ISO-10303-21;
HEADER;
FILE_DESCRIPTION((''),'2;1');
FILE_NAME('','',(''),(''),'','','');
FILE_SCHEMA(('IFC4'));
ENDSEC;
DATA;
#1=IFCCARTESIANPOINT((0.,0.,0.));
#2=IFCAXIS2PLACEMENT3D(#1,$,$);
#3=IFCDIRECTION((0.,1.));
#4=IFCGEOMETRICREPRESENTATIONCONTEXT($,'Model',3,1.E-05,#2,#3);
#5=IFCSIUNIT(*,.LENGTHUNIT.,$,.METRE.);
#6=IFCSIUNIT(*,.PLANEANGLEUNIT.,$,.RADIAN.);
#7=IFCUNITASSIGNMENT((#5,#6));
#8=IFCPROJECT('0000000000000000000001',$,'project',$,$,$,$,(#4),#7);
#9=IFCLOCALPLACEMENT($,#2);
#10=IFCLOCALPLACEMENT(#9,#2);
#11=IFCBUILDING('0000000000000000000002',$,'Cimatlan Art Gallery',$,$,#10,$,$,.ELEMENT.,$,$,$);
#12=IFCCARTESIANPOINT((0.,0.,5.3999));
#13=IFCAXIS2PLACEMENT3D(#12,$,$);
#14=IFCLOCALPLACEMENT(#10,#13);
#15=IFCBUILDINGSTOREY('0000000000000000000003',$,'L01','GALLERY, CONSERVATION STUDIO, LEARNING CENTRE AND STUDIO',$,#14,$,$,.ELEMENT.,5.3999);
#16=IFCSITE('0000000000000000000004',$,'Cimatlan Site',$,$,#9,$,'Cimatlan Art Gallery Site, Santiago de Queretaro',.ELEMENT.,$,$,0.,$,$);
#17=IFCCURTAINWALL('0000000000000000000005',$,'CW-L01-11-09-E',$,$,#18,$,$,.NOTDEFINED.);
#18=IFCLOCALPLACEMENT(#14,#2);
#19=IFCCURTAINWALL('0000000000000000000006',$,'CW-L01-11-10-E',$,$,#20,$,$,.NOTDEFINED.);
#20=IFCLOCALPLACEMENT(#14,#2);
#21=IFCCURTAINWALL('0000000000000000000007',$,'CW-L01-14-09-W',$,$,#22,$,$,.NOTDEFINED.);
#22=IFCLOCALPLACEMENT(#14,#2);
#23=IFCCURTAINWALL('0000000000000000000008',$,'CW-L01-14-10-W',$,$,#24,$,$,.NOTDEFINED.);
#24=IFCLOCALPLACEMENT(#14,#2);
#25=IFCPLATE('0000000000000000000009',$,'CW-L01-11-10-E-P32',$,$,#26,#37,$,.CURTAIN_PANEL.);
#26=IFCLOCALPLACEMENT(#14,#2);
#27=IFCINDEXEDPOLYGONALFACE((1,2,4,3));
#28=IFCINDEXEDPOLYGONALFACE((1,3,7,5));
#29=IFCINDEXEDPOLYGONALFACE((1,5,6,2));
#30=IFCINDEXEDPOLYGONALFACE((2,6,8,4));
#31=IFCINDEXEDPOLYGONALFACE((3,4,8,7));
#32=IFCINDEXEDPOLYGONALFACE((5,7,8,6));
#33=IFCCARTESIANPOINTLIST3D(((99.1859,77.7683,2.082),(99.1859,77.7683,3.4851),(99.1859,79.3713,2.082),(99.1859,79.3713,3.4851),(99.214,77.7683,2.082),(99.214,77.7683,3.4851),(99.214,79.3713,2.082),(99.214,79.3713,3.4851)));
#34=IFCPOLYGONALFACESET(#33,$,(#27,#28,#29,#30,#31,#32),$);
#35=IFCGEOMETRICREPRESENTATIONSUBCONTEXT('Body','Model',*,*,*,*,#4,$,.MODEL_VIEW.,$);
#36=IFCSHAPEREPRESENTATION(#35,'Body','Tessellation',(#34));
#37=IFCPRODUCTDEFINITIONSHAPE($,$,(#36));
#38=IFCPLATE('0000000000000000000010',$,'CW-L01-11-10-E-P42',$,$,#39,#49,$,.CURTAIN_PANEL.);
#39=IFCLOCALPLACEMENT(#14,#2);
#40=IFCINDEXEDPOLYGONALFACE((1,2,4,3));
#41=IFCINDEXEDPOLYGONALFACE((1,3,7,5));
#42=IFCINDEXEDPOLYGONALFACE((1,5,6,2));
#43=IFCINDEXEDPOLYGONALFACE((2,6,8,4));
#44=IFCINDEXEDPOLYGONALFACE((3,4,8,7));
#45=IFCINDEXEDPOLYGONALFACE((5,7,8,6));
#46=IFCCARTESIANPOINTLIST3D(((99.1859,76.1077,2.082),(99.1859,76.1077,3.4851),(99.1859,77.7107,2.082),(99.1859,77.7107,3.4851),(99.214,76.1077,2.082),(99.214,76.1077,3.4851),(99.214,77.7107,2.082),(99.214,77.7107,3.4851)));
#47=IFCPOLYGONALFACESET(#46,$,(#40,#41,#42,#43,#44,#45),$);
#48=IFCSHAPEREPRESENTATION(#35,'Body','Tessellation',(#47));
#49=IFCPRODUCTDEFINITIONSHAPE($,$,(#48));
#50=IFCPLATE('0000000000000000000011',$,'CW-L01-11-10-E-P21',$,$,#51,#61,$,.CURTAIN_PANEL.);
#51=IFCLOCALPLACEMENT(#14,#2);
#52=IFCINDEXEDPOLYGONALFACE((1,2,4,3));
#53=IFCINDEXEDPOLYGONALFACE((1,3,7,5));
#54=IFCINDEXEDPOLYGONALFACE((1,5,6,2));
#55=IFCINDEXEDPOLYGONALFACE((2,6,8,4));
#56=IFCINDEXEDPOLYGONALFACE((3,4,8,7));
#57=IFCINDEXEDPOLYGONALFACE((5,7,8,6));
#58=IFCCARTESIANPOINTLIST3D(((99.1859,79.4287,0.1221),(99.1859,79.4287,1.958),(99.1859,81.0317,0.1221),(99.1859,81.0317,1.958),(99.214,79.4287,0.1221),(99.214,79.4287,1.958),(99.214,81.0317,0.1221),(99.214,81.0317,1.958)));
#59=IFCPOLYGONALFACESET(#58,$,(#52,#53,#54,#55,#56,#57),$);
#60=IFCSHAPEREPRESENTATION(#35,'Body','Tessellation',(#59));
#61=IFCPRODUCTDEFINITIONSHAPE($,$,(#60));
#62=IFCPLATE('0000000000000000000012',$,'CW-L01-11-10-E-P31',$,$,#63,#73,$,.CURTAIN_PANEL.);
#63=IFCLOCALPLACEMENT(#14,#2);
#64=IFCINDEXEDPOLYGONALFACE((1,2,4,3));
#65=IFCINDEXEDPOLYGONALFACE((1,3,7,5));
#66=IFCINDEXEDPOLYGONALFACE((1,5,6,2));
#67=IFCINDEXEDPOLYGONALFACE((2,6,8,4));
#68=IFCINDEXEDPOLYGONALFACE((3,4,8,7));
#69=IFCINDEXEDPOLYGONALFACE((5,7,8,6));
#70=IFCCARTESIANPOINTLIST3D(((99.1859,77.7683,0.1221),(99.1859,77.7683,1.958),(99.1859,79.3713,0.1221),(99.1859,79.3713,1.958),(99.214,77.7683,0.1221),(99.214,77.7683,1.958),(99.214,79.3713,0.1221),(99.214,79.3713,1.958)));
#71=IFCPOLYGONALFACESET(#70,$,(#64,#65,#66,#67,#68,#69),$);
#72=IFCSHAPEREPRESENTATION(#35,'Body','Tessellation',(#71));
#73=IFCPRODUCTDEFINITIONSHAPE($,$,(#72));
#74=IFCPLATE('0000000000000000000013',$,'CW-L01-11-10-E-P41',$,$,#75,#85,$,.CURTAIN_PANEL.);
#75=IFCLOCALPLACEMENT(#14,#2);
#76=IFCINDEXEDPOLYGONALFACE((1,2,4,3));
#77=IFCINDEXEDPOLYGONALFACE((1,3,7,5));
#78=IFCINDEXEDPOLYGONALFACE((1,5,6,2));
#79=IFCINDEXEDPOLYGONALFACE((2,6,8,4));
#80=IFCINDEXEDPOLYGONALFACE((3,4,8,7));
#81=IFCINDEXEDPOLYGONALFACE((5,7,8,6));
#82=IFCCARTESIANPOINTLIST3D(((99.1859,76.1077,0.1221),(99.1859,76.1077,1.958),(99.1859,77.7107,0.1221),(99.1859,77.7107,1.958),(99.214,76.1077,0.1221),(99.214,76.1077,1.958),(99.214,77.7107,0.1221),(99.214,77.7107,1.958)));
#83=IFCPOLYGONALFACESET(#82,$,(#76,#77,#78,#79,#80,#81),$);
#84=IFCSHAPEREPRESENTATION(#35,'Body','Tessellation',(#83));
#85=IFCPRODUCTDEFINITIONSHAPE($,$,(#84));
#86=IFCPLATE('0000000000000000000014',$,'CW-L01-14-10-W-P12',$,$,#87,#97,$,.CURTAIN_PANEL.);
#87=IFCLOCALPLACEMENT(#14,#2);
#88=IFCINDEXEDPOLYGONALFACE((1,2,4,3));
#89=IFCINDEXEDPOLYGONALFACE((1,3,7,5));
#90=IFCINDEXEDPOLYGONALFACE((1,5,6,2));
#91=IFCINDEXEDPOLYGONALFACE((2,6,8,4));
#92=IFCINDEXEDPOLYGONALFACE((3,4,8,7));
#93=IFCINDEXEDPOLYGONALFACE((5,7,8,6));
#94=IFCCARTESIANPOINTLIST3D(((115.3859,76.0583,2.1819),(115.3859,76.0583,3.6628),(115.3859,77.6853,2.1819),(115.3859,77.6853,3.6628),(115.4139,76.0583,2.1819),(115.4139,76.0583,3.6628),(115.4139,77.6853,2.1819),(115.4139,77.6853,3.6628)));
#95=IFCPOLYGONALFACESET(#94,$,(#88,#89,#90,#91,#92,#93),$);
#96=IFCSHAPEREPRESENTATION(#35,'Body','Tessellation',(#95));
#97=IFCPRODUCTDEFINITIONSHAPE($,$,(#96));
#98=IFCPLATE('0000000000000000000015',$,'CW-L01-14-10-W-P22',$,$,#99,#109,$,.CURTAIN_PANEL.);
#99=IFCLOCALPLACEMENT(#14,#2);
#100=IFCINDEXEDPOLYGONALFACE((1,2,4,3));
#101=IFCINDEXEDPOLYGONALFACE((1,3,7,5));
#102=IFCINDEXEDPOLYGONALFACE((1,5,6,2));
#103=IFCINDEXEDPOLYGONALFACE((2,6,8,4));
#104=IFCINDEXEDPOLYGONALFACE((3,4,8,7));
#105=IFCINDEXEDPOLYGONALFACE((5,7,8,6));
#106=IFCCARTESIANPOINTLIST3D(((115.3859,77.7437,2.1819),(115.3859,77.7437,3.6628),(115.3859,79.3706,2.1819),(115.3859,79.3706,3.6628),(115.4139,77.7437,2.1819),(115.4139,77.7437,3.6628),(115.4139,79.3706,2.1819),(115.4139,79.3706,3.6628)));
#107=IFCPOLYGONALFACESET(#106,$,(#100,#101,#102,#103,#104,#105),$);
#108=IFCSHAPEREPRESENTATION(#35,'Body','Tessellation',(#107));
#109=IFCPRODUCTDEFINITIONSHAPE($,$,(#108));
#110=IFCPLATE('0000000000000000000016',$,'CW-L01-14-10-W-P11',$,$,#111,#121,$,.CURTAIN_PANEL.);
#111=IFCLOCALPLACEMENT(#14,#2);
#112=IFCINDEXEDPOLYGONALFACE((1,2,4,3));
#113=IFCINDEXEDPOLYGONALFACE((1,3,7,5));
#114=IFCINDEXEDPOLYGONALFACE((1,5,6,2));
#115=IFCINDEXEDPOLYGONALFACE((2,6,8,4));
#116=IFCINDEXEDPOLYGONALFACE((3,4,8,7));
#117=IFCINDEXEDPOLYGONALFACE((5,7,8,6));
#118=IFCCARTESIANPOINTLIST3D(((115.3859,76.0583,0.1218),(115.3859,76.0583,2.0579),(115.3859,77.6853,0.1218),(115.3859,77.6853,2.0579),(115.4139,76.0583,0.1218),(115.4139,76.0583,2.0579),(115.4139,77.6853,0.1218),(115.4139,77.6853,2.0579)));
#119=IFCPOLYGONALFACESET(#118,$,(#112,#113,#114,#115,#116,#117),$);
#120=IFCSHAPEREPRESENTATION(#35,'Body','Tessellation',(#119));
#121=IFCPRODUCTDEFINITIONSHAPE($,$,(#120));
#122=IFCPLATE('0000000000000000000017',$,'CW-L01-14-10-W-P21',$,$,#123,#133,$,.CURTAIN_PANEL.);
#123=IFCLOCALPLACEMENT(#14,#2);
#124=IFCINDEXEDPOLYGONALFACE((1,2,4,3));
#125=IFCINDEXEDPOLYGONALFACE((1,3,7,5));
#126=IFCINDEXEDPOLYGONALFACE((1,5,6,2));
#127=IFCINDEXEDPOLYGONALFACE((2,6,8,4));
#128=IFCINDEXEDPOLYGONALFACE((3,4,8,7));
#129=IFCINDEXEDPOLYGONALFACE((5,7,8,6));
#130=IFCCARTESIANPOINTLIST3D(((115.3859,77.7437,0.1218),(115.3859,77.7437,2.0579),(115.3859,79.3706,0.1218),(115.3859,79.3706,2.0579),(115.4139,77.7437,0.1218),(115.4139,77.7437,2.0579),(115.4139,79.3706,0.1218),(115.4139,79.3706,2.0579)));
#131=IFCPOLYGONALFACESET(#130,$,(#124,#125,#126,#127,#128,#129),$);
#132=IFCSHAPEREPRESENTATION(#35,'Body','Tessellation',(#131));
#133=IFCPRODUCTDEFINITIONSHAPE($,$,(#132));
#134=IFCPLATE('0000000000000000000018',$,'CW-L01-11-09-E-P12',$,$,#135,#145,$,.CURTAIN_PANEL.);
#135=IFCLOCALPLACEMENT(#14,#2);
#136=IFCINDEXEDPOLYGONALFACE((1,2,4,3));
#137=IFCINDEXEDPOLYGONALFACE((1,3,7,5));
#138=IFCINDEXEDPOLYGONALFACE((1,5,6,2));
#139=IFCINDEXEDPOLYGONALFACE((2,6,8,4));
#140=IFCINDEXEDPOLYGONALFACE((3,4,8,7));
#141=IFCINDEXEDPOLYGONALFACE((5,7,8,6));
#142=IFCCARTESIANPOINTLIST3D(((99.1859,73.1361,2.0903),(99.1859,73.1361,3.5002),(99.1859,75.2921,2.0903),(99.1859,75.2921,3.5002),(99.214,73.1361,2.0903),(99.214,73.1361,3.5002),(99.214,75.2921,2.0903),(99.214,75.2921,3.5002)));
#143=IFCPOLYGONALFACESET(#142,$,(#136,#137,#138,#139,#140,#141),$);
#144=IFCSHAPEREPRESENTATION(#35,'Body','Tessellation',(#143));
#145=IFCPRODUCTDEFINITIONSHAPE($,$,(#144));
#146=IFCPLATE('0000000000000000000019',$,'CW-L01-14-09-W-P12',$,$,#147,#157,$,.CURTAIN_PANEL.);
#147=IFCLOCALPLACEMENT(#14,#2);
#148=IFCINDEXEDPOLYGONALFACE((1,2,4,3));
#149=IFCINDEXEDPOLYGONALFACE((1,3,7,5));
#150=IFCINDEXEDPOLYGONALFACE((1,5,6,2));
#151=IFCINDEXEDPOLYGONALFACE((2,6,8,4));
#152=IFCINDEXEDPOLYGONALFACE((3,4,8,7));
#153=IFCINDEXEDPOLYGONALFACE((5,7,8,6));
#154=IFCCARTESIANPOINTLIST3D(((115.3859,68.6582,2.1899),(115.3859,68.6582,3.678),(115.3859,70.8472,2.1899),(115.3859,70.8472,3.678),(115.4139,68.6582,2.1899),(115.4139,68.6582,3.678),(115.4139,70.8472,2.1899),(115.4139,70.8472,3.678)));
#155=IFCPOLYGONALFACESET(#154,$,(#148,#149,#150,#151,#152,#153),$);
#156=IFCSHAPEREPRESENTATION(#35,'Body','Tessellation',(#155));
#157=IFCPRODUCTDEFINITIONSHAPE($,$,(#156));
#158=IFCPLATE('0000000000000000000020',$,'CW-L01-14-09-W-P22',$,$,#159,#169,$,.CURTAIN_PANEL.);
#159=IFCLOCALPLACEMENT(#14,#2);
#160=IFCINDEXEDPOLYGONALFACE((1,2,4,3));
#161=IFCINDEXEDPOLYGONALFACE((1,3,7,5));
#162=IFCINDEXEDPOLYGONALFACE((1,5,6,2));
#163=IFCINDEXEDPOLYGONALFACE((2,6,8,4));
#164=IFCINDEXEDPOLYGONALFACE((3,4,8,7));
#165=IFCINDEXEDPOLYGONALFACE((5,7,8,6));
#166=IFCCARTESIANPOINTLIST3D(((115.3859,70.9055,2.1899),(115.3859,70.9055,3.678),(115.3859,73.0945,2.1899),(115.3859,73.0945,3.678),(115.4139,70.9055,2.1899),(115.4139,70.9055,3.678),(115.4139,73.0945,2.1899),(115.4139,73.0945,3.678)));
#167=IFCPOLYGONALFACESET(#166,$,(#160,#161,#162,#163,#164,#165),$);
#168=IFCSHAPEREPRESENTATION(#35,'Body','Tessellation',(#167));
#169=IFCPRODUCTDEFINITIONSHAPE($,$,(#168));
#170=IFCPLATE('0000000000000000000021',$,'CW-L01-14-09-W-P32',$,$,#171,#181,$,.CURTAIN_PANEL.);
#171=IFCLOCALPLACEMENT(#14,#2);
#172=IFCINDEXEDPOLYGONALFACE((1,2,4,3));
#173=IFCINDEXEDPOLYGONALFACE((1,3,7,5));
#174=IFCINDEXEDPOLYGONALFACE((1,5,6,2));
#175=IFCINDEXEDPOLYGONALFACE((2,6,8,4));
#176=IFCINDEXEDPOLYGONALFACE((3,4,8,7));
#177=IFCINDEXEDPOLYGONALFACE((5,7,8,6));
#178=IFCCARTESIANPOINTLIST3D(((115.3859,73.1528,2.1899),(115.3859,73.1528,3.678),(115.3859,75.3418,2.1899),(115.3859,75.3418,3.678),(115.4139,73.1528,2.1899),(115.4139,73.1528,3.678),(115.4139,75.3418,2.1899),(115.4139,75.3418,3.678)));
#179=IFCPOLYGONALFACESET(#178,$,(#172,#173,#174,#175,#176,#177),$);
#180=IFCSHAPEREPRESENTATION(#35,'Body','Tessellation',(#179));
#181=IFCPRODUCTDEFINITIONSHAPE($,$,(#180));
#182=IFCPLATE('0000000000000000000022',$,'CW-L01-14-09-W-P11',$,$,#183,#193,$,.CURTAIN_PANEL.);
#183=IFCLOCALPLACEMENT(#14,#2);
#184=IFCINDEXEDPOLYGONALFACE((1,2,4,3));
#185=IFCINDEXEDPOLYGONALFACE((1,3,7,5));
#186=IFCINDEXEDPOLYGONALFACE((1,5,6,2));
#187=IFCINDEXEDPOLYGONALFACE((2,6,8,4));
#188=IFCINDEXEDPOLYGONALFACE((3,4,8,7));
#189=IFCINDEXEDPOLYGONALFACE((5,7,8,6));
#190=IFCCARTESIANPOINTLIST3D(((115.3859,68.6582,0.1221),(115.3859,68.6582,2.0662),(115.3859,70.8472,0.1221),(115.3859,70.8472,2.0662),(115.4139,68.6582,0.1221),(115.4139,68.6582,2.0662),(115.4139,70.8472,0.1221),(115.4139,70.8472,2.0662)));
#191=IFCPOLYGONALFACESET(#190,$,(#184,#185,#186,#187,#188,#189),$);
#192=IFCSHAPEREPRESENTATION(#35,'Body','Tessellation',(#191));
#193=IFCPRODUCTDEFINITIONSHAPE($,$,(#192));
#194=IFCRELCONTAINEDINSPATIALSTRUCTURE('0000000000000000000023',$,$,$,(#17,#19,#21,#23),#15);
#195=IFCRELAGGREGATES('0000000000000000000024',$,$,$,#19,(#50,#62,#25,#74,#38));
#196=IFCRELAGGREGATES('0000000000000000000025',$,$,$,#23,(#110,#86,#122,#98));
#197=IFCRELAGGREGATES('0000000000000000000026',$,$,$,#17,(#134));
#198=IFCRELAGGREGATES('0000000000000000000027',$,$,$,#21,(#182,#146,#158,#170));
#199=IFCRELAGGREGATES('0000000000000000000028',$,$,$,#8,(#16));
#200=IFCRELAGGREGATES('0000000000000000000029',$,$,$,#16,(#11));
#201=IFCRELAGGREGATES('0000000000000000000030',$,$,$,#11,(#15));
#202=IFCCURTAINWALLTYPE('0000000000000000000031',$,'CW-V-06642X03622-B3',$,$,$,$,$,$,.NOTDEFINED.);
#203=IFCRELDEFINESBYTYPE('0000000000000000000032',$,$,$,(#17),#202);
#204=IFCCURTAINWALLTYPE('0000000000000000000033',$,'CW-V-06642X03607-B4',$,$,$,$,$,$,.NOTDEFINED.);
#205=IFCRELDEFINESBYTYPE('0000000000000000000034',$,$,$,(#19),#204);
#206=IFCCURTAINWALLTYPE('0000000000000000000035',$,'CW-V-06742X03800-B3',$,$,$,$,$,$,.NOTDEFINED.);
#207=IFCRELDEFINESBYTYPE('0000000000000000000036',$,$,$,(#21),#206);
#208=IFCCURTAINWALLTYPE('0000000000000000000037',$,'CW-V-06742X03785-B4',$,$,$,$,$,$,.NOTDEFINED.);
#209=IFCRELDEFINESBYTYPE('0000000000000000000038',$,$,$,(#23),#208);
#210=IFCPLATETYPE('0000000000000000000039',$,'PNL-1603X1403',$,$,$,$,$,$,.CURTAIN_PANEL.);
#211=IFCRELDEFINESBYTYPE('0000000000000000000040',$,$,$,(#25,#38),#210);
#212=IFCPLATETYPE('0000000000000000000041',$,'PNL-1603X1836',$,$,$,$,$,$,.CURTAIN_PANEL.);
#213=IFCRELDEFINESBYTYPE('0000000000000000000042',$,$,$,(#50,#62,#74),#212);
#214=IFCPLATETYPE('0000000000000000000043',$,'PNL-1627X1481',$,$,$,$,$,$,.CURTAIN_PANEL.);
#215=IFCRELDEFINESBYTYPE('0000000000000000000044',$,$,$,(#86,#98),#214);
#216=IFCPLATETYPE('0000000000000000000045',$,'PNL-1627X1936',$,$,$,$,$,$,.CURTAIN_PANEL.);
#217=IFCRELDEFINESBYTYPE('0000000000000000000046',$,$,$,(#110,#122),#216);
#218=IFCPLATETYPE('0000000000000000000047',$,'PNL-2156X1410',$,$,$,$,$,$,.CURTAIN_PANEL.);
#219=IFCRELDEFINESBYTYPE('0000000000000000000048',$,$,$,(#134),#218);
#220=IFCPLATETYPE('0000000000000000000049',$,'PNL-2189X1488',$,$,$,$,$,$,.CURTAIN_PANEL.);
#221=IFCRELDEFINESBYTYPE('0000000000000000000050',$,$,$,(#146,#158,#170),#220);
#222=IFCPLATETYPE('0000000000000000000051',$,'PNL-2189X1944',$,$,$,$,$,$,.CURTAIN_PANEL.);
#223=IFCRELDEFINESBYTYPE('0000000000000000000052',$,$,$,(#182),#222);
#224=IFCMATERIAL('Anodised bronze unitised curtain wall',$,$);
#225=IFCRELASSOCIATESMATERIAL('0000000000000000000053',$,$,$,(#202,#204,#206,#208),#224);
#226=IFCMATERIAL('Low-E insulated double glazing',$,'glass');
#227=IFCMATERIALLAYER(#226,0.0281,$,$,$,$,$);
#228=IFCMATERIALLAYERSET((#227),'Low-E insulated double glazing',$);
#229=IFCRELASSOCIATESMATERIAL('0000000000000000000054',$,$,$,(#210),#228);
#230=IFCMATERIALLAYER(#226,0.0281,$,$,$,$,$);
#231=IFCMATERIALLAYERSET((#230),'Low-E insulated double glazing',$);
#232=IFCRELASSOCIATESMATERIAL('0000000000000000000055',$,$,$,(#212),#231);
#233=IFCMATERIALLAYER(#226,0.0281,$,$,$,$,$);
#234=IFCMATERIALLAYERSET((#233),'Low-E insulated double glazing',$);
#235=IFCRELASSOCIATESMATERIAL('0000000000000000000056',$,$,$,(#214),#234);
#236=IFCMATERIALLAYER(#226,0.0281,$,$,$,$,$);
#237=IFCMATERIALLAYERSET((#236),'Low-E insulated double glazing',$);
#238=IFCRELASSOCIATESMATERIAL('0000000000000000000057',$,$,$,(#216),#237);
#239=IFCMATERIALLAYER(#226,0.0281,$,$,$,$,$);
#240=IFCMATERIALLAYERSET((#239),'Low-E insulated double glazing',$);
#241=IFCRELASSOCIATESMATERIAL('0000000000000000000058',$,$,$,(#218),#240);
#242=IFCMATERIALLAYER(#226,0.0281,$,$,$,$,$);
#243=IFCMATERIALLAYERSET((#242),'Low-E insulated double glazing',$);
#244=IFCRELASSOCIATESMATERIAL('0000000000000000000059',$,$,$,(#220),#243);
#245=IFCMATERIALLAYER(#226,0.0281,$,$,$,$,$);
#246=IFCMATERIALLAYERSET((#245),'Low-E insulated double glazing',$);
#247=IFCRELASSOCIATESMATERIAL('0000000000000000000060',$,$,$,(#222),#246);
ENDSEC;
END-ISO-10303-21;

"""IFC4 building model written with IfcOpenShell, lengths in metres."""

from ifc_helpers import new_model, si_unit, direction, frame, origin, origin_2d, place, context, subcontext, project, spatial, rectangle, extrude, material, layer, layer_set, type_object, element, aggregate, save


model = new_model("IFC4")

# Units and contexts
model_context = context("Model", 3, precision=1e-05, world=origin(), true_north=direction((0.0, 1.0)))
body_context = subcontext(model_context, "Body", "Model", "MODEL_VIEW")
ifc_project = project(units=[si_unit("LENGTHUNIT", "METRE"), si_unit("PLANEANGLEUNIT", "RADIAN")], contexts=[model_context])

# Site, building, storey
site_placement = place(None, origin())
site = spatial("IfcSite", under=ifc_project, at=site_placement, Name="Cimatlan Site", LongName="Cimatlan Art Gallery Site, Santiago de Queretaro", CompositionType="ELEMENT", RefElevation=0.0)
building_placement = place(site_placement, origin())
building = spatial("IfcBuilding", under=site, at=building_placement, Name="Cimatlan Art Gallery", CompositionType="ELEMENT")
storey_placement = place(building_placement, frame((0.0, 0.0, 5.3999)))
storey = spatial("IfcBuildingStorey", under=building, at=storey_placement, Name="L01", Description="GALLERY, CONSERVATION STUDIO, LEARNING CENTRE AND STUDIO", CompositionType="ELEMENT", Elevation=5.3999)

# Curtain wall
ifc_material_1 = material(Name="Anodised bronze unitised curtain wall")
curtain_wall_type_1 = type_object("IfcCurtainWallType", Name="CW-V-06642X03622-B3", PredefinedType="NOTDEFINED", material=ifc_material_1)
curtain_wall_1_placement = place(storey_placement, origin())
curtain_wall_1 = element("IfcCurtainWall", 1, at=curtain_wall_1_placement, inside=storey, type_object=curtain_wall_type_1, Name="CW-L01-11-09-E", PredefinedType="NOTDEFINED")

# Curtain walls
curtain_wall_type_2 = type_object("IfcCurtainWallType", Name="CW-V-06642X03607-B4", PredefinedType="NOTDEFINED", material=ifc_material_1)
curtain_wall_2_placement = place(storey_placement, origin())
curtain_wall_2 = element("IfcCurtainWall", 2, at=curtain_wall_2_placement, inside=storey, type_object=curtain_wall_type_2, Name="CW-L01-11-10-E", PredefinedType="NOTDEFINED")
curtain_wall_type_3 = type_object("IfcCurtainWallType", Name="CW-V-06742X03800-B3", PredefinedType="NOTDEFINED", material=ifc_material_1)
curtain_wall_3_placement = place(storey_placement, origin())
curtain_wall_3 = element("IfcCurtainWall", 3, at=curtain_wall_3_placement, inside=storey, type_object=curtain_wall_type_3, Name="CW-L01-14-09-W", PredefinedType="NOTDEFINED")
curtain_wall_type_4 = type_object("IfcCurtainWallType", Name="CW-V-06742X03785-B4", PredefinedType="NOTDEFINED", material=ifc_material_1)
curtain_wall_4_placement = place(storey_placement, origin())
curtain_wall_4 = element("IfcCurtainWall", 4, at=curtain_wall_4_placement, inside=storey, type_object=curtain_wall_type_4, Name="CW-L01-14-10-W", PredefinedType="NOTDEFINED")

# Plates
ifc_material_2 = material(Name="Low-E insulated double glazing", Category="glass")
ifc_layer_1 = layer(ifc_material_2, 0.0281)
ifc_layer_set_1 = layer_set([ifc_layer_1], Name="Low-E insulated double glazing")
plate_type_1 = type_object("IfcPlateType", Name="PNL-1603X1403", PredefinedType="CURTAIN_PANEL", material=ifc_layer_set_1)
plate_1_placement = place(storey_placement, frame((99.2, 78.5698, 2.082), z_axis=(0.0, 0.0, 1.0), x_axis=(0.0, -1.0, 0.0)))
plate_1 = element("IfcPlate", 5, at=plate_1_placement, type_object=plate_type_1, Name="CW-L01-11-10-E-P32", PredefinedType="CURTAIN_PANEL", context=body_context, shape_type="SweptSolid", body=[
    extrude(rectangle(XDim=1.603, YDim=0.0281, at=origin_2d()), origin(), (0.0, 0.0, 1.0), 1.4031),
])
plate_2_placement = place(storey_placement, frame((99.2, 76.9092, 2.082), z_axis=(0.0, 0.0, 1.0), x_axis=(0.0, -1.0, 0.0)))
plate_2 = element("IfcPlate", 6, at=plate_2_placement, type_object=plate_type_1, Name="CW-L01-11-10-E-P42", PredefinedType="CURTAIN_PANEL", context=body_context, shape_type="SweptSolid", body=[
    extrude(rectangle(XDim=1.603, YDim=0.0281, at=origin_2d()), origin(), (0.0, 0.0, 1.0), 1.4031),
])
ifc_layer_2 = layer(ifc_material_2, 0.0281)
ifc_layer_set_2 = layer_set([ifc_layer_2], Name="Low-E insulated double glazing")
plate_type_2 = type_object("IfcPlateType", Name="PNL-1603X1836", PredefinedType="CURTAIN_PANEL", material=ifc_layer_set_2)
plate_3_placement = place(storey_placement, frame((99.2, 80.2302, 0.1221), z_axis=(0.0, 0.0, 1.0), x_axis=(0.0, -1.0, 0.0)))
plate_3 = element("IfcPlate", 7, at=plate_3_placement, type_object=plate_type_2, Name="CW-L01-11-10-E-P21", PredefinedType="CURTAIN_PANEL", context=body_context, shape_type="SweptSolid", body=[
    extrude(rectangle(XDim=1.603, YDim=0.0281, at=origin_2d()), origin(), (0.0, 0.0, 1.0), 1.8359),
])
plate_4_placement = place(storey_placement, frame((99.2, 78.5698, 0.1221), z_axis=(0.0, 0.0, 1.0), x_axis=(0.0, -1.0, 0.0)))
plate_4 = element("IfcPlate", 8, at=plate_4_placement, type_object=plate_type_2, Name="CW-L01-11-10-E-P31", PredefinedType="CURTAIN_PANEL", context=body_context, shape_type="SweptSolid", body=[
    extrude(rectangle(XDim=1.603, YDim=0.0281, at=origin_2d()), origin(), (0.0, 0.0, 1.0), 1.8359),
])
plate_5_placement = place(storey_placement, frame((99.2, 76.9092, 0.1221), z_axis=(0.0, 0.0, 1.0), x_axis=(0.0, -1.0, 0.0)))
plate_5 = element("IfcPlate", 9, at=plate_5_placement, type_object=plate_type_2, Name="CW-L01-11-10-E-P41", PredefinedType="CURTAIN_PANEL", context=body_context, shape_type="SweptSolid", body=[
    extrude(rectangle(XDim=1.603, YDim=0.0281, at=origin_2d()), origin(), (0.0, 0.0, 1.0), 1.8359),
])
aggregate(curtain_wall_2, [plate_3, plate_4, plate_1, plate_5, plate_2])
ifc_layer_3 = layer(ifc_material_2, 0.0281)
ifc_layer_set_3 = layer_set([ifc_layer_3], Name="Low-E insulated double glazing")
plate_type_3 = type_object("IfcPlateType", Name="PNL-1627X1481", PredefinedType="CURTAIN_PANEL", material=ifc_layer_set_3)
plate_6_placement = place(storey_placement, frame((115.3999, 76.8718, 2.1819), z_axis=(0.0, 0.0, 1.0), x_axis=(0.0, 1.0, 0.0)))
plate_6 = element("IfcPlate", 10, at=plate_6_placement, type_object=plate_type_3, Name="CW-L01-14-10-W-P12", PredefinedType="CURTAIN_PANEL", context=body_context, shape_type="SweptSolid", body=[
    extrude(rectangle(XDim=1.627, YDim=0.0281, at=origin_2d()), origin(), (0.0, 0.0, 1.0), 1.481),
])
plate_7_placement = place(storey_placement, frame((115.3999, 78.5571, 2.1819), z_axis=(0.0, 0.0, 1.0), x_axis=(0.0, 1.0, 0.0)))
plate_7 = element("IfcPlate", 11, at=plate_7_placement, type_object=plate_type_3, Name="CW-L01-14-10-W-P22", PredefinedType="CURTAIN_PANEL", context=body_context, shape_type="SweptSolid", body=[
    extrude(rectangle(XDim=1.627, YDim=0.0281, at=origin_2d()), origin(), (0.0, 0.0, 1.0), 1.481),
])
ifc_layer_4 = layer(ifc_material_2, 0.0281)
ifc_layer_set_4 = layer_set([ifc_layer_4], Name="Low-E insulated double glazing")
plate_type_4 = type_object("IfcPlateType", Name="PNL-1627X1936", PredefinedType="CURTAIN_PANEL", material=ifc_layer_set_4)
plate_8_placement = place(storey_placement, frame((115.3999, 76.8718, 0.1218), z_axis=(0.0, 0.0, 1.0), x_axis=(0.0, 1.0, 0.0)))
plate_8 = element("IfcPlate", 12, at=plate_8_placement, type_object=plate_type_4, Name="CW-L01-14-10-W-P11", PredefinedType="CURTAIN_PANEL", context=body_context, shape_type="SweptSolid", body=[
    extrude(rectangle(XDim=1.627, YDim=0.0281, at=origin_2d()), origin(), (0.0, 0.0, 1.0), 1.936),
])
plate_9_placement = place(storey_placement, frame((115.3999, 78.5571, 0.1218), z_axis=(0.0, 0.0, 1.0), x_axis=(0.0, 1.0, 0.0)))
plate_9 = element("IfcPlate", 13, at=plate_9_placement, type_object=plate_type_4, Name="CW-L01-14-10-W-P21", PredefinedType="CURTAIN_PANEL", context=body_context, shape_type="SweptSolid", body=[
    extrude(rectangle(XDim=1.627, YDim=0.0281, at=origin_2d()), origin(), (0.0, 0.0, 1.0), 1.936),
])
aggregate(curtain_wall_4, [plate_8, plate_6, plate_9, plate_7])
ifc_layer_5 = layer(ifc_material_2, 0.0281)
ifc_layer_set_5 = layer_set([ifc_layer_5], Name="Low-E insulated double glazing")
plate_type_5 = type_object("IfcPlateType", Name="PNL-2156X1410", PredefinedType="CURTAIN_PANEL", material=ifc_layer_set_5)
plate_10_placement = place(storey_placement, frame((99.2, 74.2141, 2.0903), z_axis=(0.0, 0.0, 1.0), x_axis=(0.0, -1.0, 0.0)))
plate_10 = element("IfcPlate", 14, at=plate_10_placement, type_object=plate_type_5, Name="CW-L01-11-09-E-P12", PredefinedType="CURTAIN_PANEL", context=body_context, shape_type="SweptSolid", body=[
    extrude(rectangle(XDim=2.156, YDim=0.0281, at=origin_2d()), origin(), (0.0, 0.0, 1.0), 1.4099),
])
aggregate(curtain_wall_1, [plate_10])
ifc_layer_6 = layer(ifc_material_2, 0.0281)
ifc_layer_set_6 = layer_set([ifc_layer_6], Name="Low-E insulated double glazing")
plate_type_6 = type_object("IfcPlateType", Name="PNL-2189X1488", PredefinedType="CURTAIN_PANEL", material=ifc_layer_set_6)
plate_11_placement = place(storey_placement, frame((115.3999, 69.7527, 2.1899), z_axis=(0.0, 0.0, 1.0), x_axis=(0.0, 1.0, 0.0)))
plate_11 = element("IfcPlate", 15, at=plate_11_placement, type_object=plate_type_6, Name="CW-L01-14-09-W-P12", PredefinedType="CURTAIN_PANEL", context=body_context, shape_type="SweptSolid", body=[
    extrude(rectangle(XDim=2.189, YDim=0.0281, at=origin_2d()), origin(), (0.0, 0.0, 1.0), 1.488),
])
plate_12_placement = place(storey_placement, frame((115.3999, 72.0, 2.1899), z_axis=(0.0, 0.0, 1.0), x_axis=(0.0, 1.0, 0.0)))
plate_12 = element("IfcPlate", 16, at=plate_12_placement, type_object=plate_type_6, Name="CW-L01-14-09-W-P22", PredefinedType="CURTAIN_PANEL", context=body_context, shape_type="SweptSolid", body=[
    extrude(rectangle(XDim=2.189, YDim=0.0281, at=origin_2d()), origin(), (0.0, 0.0, 1.0), 1.488),
])
plate_13_placement = place(storey_placement, frame((115.3999, 74.2473, 2.1899), z_axis=(0.0, 0.0, 1.0), x_axis=(0.0, 1.0, 0.0)))
plate_13 = element("IfcPlate", 17, at=plate_13_placement, type_object=plate_type_6, Name="CW-L01-14-09-W-P32", PredefinedType="CURTAIN_PANEL", context=body_context, shape_type="SweptSolid", body=[
    extrude(rectangle(XDim=2.189, YDim=0.0281, at=origin_2d()), origin(), (0.0, 0.0, 1.0), 1.488),
])
ifc_layer_7 = layer(ifc_material_2, 0.0281)
ifc_layer_set_7 = layer_set([ifc_layer_7], Name="Low-E insulated double glazing")
plate_type_7 = type_object("IfcPlateType", Name="PNL-2189X1944", PredefinedType="CURTAIN_PANEL", material=ifc_layer_set_7)
plate_14_placement = place(storey_placement, frame((115.3999, 69.7527, 0.1221), z_axis=(0.0, 0.0, 1.0), x_axis=(0.0, 1.0, 0.0)))
plate_14 = element("IfcPlate", 18, at=plate_14_placement, type_object=plate_type_7, Name="CW-L01-14-09-W-P11", PredefinedType="CURTAIN_PANEL", context=body_context, shape_type="SweptSolid", body=[
    extrude(rectangle(XDim=2.189, YDim=0.0281, at=origin_2d()), origin(), (0.0, 0.0, 1.0), 1.9441),
])
aggregate(curtain_wall_3, [plate_14, plate_11, plate_12, plate_13])

save(model, "model.ifc")
